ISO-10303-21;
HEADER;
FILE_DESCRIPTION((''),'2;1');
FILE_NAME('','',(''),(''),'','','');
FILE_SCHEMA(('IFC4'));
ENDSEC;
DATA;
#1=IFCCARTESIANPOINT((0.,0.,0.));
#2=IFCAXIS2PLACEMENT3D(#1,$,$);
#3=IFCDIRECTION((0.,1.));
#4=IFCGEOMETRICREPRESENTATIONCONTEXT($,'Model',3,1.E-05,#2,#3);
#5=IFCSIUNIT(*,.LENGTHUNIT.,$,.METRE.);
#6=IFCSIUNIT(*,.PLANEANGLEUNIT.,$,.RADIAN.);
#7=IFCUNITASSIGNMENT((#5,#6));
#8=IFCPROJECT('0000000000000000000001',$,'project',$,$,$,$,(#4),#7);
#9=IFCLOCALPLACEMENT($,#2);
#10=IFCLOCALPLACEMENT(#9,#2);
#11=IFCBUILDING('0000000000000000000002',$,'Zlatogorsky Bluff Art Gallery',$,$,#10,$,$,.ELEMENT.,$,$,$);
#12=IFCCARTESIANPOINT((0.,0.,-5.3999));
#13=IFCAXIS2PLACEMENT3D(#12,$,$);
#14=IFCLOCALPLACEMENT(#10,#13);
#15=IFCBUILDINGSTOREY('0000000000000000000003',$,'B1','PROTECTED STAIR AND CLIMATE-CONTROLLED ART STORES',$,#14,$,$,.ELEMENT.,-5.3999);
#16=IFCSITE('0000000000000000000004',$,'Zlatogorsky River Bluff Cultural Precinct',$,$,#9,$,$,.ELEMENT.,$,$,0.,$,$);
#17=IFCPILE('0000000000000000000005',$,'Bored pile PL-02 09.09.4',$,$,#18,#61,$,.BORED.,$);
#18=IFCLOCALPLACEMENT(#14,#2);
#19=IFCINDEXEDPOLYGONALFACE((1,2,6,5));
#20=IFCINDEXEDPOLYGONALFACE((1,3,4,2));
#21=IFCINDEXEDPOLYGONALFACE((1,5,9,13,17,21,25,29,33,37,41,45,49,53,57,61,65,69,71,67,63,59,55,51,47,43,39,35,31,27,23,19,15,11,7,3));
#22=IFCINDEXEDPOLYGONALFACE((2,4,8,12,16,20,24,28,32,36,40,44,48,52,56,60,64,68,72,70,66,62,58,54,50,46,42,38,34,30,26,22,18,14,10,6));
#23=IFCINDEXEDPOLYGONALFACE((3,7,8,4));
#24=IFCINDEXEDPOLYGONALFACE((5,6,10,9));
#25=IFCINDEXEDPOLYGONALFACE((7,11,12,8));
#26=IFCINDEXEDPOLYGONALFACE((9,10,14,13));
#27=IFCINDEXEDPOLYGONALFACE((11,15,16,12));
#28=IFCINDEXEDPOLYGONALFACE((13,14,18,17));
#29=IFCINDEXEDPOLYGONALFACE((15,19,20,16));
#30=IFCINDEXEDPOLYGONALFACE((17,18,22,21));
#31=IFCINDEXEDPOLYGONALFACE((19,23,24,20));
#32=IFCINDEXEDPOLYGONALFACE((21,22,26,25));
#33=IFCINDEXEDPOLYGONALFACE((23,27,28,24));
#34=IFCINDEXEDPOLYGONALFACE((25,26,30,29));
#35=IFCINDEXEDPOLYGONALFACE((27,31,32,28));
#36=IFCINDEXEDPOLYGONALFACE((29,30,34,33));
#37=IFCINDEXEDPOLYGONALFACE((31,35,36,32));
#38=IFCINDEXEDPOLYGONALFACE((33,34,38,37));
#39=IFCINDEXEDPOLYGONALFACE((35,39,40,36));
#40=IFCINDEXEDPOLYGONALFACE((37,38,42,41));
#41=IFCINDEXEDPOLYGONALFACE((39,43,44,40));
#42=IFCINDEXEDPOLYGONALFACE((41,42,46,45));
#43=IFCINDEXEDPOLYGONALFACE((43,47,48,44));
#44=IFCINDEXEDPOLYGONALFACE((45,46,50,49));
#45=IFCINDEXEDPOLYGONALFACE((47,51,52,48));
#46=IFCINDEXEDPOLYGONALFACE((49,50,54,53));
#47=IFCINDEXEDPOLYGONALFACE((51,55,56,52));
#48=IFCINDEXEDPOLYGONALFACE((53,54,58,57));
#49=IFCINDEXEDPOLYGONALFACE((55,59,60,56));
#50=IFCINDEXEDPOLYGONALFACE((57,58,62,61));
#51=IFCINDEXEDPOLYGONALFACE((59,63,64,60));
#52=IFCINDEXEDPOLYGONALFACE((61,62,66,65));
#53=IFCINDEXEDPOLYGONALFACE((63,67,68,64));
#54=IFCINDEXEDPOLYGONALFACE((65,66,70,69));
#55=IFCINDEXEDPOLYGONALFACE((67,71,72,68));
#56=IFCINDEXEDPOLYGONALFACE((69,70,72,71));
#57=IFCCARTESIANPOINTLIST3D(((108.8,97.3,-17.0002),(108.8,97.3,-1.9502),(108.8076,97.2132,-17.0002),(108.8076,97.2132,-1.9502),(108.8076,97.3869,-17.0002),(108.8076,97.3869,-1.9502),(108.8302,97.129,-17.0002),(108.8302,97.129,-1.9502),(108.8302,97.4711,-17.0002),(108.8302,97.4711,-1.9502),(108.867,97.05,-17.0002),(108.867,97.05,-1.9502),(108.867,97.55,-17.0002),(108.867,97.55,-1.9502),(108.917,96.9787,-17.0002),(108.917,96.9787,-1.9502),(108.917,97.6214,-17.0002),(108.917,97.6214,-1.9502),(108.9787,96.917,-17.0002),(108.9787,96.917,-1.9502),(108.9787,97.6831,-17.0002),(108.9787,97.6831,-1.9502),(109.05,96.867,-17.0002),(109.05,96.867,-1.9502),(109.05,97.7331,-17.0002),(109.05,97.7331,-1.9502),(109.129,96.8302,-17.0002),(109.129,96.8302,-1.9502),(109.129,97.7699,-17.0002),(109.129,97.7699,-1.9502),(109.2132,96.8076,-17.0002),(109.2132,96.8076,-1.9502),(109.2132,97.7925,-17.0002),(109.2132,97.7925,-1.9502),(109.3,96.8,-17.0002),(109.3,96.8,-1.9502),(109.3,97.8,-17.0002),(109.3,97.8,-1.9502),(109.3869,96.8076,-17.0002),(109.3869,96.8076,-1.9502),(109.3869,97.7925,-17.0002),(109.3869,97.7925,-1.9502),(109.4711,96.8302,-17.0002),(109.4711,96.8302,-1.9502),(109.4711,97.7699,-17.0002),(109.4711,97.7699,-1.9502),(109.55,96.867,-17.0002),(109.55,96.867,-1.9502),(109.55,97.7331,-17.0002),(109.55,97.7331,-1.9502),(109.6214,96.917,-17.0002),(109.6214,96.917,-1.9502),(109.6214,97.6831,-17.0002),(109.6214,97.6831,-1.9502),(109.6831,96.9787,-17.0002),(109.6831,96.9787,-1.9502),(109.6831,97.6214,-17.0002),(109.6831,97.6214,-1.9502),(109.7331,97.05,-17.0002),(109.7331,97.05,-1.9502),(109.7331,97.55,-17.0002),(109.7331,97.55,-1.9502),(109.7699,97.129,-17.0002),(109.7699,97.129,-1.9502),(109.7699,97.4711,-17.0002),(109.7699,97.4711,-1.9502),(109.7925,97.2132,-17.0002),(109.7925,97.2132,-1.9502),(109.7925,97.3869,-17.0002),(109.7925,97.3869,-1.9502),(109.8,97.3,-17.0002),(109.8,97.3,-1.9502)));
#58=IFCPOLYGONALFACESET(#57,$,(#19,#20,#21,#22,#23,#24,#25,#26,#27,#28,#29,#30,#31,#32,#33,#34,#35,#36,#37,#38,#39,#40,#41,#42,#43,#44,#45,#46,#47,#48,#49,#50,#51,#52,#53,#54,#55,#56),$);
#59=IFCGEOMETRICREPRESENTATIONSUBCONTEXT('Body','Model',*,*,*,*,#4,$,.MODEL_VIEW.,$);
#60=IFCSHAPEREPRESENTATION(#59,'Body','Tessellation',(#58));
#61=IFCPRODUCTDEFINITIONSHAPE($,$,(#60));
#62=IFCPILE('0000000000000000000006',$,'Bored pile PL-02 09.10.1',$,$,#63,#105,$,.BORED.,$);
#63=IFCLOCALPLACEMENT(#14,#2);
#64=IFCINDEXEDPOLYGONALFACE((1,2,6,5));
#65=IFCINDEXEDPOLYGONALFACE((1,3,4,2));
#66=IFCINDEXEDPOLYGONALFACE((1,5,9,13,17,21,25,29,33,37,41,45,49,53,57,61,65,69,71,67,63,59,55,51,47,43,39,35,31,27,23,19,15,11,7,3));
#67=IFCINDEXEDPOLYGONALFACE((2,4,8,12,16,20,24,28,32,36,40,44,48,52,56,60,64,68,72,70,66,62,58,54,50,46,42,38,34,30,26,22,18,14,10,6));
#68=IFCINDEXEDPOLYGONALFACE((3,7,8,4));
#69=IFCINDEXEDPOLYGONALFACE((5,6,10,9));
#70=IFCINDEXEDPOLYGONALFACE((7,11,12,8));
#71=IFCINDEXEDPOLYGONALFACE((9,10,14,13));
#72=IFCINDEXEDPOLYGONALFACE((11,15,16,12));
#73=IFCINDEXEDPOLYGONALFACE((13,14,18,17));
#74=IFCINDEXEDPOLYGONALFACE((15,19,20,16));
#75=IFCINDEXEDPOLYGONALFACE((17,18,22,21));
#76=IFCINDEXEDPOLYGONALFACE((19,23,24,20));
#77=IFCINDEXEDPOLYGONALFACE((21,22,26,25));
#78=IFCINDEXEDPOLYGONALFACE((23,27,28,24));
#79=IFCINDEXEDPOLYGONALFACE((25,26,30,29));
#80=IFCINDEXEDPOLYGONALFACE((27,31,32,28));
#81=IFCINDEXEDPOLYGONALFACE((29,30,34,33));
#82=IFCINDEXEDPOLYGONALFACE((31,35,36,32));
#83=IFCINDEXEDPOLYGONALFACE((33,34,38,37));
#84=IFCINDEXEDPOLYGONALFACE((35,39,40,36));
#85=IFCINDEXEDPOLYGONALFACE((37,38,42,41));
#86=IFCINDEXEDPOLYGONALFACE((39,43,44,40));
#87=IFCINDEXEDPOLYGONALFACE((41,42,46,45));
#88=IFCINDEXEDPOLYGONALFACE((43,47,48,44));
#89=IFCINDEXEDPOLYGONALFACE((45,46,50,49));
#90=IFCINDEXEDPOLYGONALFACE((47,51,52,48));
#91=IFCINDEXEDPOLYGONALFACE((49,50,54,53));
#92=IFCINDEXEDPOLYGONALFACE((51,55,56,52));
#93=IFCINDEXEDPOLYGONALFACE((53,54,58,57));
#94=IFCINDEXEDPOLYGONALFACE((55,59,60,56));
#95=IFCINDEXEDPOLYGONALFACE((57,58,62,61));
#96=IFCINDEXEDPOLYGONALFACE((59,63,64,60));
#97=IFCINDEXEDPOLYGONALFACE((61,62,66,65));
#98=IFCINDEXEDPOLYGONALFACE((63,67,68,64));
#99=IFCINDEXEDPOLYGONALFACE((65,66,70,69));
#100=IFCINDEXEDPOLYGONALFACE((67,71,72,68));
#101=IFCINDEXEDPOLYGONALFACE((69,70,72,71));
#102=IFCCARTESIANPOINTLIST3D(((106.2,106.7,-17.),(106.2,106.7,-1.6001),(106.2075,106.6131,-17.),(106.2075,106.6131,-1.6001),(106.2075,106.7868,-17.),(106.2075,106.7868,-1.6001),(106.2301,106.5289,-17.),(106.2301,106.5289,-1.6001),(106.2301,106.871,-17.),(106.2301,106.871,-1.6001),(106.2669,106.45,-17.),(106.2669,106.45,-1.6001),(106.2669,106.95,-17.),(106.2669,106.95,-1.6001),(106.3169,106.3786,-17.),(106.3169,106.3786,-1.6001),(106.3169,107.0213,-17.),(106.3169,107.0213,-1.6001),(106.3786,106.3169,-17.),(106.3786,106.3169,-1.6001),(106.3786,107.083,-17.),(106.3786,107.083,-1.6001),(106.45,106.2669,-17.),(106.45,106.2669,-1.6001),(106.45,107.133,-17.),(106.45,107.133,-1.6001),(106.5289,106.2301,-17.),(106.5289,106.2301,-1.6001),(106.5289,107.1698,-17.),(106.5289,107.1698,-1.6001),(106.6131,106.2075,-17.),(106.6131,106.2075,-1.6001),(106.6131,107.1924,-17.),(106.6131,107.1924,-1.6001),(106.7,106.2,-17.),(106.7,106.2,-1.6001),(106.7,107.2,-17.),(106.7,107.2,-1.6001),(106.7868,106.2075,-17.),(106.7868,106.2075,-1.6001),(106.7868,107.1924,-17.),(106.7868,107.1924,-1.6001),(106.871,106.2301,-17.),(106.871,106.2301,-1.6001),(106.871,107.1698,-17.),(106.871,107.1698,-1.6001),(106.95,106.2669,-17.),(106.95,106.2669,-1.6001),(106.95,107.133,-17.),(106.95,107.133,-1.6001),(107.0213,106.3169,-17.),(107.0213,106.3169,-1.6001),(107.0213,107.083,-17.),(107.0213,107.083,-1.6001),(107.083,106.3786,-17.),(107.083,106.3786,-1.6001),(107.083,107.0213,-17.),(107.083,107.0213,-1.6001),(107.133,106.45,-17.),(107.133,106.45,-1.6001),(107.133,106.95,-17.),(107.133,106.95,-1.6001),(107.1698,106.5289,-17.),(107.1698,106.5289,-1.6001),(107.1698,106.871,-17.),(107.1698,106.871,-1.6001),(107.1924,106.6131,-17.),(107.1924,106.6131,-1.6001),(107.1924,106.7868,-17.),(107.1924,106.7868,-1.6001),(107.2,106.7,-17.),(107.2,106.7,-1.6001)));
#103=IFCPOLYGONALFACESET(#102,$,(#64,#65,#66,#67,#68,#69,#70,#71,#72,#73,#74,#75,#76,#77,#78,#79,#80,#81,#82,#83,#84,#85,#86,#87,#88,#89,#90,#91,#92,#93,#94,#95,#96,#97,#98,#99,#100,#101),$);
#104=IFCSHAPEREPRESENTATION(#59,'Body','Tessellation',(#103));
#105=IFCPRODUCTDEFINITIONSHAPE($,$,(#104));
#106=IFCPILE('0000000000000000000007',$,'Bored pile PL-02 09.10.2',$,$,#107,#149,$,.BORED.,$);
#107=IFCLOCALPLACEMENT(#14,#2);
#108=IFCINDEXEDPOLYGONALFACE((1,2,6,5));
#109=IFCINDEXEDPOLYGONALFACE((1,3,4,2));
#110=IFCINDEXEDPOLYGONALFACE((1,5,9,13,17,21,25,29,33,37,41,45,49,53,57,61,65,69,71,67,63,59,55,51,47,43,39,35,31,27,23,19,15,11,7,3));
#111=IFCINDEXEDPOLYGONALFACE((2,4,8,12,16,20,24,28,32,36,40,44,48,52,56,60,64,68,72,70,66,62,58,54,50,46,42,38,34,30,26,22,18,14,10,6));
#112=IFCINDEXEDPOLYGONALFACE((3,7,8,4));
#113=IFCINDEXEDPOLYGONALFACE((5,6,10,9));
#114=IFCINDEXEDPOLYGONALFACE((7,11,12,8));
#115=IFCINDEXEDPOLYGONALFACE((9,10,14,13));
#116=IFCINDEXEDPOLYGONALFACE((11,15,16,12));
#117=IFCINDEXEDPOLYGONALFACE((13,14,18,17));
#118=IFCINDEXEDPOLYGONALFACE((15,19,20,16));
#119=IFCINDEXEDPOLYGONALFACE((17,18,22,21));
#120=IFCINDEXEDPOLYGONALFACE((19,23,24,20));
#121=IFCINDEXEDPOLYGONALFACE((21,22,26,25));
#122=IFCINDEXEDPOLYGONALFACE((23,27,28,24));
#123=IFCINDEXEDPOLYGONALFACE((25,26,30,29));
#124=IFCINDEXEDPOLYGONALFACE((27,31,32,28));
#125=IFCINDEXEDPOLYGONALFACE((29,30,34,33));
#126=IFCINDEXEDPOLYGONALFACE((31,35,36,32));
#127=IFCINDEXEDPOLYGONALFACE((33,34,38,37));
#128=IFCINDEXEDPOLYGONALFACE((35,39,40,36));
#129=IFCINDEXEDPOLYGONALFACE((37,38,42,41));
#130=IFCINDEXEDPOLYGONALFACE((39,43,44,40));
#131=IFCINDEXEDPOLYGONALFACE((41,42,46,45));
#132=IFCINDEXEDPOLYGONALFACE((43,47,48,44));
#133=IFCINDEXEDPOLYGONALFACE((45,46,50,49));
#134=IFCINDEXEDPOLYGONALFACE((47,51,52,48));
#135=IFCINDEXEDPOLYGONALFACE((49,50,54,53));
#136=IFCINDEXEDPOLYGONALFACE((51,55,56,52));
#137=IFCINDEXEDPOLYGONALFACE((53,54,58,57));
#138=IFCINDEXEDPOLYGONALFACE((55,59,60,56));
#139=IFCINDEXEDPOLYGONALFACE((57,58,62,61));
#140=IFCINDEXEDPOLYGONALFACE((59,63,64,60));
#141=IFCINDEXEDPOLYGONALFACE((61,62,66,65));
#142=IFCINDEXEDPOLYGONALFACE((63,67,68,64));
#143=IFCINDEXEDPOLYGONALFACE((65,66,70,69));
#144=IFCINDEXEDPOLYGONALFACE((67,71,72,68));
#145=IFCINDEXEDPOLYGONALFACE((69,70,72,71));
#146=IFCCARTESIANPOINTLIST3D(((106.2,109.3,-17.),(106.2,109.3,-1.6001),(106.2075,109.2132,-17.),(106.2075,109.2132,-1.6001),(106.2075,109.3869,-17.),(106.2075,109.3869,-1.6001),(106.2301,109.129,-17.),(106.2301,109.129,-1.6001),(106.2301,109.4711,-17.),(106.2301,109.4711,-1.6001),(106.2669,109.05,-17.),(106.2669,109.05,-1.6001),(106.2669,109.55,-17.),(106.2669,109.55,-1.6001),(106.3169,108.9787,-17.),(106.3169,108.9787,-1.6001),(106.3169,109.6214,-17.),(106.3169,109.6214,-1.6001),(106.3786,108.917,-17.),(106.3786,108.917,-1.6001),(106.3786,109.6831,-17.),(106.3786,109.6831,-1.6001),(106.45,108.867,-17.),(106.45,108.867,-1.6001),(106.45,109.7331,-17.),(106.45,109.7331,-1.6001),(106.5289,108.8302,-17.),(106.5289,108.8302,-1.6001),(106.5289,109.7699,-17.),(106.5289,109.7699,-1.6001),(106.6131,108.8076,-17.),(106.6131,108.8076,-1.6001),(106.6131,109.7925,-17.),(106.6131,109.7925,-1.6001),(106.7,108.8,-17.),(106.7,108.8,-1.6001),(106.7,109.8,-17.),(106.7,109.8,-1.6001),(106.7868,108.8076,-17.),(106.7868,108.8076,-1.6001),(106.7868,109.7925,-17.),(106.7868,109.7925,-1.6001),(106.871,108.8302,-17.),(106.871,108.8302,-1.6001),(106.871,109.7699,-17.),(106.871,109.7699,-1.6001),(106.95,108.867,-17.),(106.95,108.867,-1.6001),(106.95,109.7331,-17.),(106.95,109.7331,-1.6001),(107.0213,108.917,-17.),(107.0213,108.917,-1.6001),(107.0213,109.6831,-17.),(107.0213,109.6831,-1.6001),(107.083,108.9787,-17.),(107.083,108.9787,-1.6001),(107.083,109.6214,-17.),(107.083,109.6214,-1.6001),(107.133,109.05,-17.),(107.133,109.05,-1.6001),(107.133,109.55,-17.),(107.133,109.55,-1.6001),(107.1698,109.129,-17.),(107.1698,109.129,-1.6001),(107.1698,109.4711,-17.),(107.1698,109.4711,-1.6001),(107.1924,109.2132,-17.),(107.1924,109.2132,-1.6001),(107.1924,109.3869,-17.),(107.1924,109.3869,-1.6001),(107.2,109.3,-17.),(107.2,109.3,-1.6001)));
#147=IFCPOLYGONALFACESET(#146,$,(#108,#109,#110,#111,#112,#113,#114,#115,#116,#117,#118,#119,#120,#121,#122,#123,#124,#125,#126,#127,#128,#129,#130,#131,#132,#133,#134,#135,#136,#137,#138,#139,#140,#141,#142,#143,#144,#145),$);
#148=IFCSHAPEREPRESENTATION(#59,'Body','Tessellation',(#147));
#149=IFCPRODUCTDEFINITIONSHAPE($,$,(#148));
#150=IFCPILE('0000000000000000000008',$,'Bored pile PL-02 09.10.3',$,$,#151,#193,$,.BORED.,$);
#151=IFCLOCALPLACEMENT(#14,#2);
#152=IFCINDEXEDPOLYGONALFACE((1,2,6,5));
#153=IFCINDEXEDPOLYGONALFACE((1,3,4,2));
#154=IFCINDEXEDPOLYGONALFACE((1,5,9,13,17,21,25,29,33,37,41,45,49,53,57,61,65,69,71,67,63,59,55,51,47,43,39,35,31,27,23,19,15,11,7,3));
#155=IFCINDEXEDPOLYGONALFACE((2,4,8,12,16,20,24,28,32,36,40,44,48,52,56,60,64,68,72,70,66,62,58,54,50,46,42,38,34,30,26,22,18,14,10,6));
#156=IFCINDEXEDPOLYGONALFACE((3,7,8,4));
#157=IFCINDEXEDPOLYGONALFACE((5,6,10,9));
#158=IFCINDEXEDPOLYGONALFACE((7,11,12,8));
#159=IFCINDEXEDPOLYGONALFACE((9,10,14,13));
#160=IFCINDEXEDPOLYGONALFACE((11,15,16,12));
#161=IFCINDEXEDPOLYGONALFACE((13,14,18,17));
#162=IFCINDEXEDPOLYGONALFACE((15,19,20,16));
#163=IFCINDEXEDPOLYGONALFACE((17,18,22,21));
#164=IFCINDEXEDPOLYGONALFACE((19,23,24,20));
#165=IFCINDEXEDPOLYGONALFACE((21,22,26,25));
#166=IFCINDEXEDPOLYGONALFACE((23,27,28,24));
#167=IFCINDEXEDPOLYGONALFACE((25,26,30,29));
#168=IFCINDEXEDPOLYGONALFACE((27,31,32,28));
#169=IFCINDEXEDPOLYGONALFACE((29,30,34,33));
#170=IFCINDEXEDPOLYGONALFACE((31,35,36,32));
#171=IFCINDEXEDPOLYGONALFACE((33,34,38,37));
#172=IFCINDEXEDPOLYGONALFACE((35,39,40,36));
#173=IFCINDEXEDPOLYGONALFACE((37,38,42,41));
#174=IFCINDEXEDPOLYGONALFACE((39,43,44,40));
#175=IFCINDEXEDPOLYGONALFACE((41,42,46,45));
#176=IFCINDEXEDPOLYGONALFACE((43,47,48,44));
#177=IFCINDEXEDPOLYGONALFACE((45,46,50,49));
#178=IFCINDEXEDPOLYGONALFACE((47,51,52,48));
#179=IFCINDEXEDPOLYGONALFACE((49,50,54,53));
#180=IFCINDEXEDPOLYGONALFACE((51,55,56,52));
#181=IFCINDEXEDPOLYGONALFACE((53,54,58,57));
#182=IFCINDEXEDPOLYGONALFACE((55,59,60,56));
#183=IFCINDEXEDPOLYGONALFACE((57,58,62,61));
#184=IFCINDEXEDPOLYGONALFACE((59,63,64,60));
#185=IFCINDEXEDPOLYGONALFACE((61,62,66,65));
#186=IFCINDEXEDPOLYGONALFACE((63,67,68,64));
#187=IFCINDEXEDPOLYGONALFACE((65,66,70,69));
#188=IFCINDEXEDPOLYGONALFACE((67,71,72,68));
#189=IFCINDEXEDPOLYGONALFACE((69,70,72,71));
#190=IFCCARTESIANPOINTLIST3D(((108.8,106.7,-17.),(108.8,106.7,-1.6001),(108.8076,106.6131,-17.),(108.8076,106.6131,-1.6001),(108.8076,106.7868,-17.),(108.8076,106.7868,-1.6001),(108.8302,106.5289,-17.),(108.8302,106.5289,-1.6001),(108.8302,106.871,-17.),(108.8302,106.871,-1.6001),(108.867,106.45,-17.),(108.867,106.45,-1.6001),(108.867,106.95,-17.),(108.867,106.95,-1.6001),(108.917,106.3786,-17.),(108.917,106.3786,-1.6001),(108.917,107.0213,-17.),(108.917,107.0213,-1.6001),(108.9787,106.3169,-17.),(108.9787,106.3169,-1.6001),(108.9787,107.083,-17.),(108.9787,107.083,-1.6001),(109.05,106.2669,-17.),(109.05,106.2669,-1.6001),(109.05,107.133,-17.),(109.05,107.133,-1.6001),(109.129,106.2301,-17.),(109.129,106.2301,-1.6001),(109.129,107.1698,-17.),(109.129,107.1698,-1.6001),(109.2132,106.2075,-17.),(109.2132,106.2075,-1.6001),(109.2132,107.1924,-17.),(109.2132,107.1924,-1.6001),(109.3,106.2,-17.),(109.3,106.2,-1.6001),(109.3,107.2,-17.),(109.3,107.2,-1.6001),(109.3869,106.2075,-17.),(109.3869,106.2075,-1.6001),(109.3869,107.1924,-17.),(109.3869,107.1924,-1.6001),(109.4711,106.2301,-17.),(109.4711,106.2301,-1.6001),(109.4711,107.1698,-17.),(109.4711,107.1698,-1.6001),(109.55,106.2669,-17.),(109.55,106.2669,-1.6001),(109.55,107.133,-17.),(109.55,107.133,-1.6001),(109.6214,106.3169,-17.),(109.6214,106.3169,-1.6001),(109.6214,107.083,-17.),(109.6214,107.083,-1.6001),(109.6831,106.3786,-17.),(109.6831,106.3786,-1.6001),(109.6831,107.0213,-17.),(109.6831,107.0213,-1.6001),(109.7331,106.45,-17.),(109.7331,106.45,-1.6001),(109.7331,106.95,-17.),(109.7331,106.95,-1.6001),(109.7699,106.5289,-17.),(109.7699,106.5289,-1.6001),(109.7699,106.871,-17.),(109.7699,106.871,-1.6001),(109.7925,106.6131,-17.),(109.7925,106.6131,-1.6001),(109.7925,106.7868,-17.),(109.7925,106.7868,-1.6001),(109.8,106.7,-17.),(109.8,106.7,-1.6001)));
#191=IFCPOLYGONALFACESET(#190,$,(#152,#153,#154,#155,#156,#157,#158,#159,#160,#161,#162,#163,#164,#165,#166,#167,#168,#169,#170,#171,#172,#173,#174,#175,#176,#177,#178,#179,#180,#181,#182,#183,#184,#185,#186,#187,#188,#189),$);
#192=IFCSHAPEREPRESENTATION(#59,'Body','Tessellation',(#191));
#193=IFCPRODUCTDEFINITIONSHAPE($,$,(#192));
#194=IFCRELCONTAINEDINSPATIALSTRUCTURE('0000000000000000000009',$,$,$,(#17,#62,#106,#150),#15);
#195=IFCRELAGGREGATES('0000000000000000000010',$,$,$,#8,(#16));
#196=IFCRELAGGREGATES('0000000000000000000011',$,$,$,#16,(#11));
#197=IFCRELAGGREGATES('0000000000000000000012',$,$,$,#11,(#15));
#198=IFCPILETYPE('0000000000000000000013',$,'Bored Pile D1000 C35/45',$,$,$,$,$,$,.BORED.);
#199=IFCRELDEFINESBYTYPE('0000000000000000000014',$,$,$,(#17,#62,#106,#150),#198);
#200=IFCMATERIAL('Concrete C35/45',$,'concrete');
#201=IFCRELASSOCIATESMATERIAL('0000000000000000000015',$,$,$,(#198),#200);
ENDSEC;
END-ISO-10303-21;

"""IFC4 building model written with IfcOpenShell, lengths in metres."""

from ifc_helpers import new_model, si_unit, direction, frame, origin, origin_2d, place, context, subcontext, project, spatial, circle, extrude, material, material_profile, profile_set, type_object, element, save


model = new_model("IFC4")

# Units and contexts
model_context = context("Model", 3, precision=1e-05, world=origin(), true_north=direction((0.0, 1.0)))
body_context = subcontext(model_context, "Body", "Model", "MODEL_VIEW")
ifc_project = project(units=[si_unit("LENGTHUNIT", "METRE"), si_unit("PLANEANGLEUNIT", "RADIAN")], contexts=[model_context])

# Site, building, storey
site_placement = place(None, origin())
site = spatial("IfcSite", under=ifc_project, at=site_placement, Name="Zlatogorsky River Bluff Cultural Precinct", CompositionType="ELEMENT", RefElevation=0.0)
building_placement = place(site_placement, origin())
building = spatial("IfcBuilding", under=site, at=building_placement, Name="Zlatogorsky Bluff Art Gallery", CompositionType="ELEMENT")
storey_placement = place(building_placement, frame((0.0, 0.0, -5.3999)))
storey = spatial("IfcBuildingStorey", under=building, at=storey_placement, Name="B1", Description="PROTECTED STAIR AND CLIMATE-CONTROLLED ART STORES", CompositionType="ELEMENT", Elevation=-5.3999)

# Piles
ifc_material_1 = material(Name="Concrete C35/45", Category="concrete")
ifc_material_profile_1 = material_profile(ifc_material_1, circle(Radius=0.5, at=origin_2d()), Name="BORED PILE D1000")
ifc_profile_set_1 = profile_set([ifc_material_profile_1], Name="Concrete C35/45")
pile_type = type_object("IfcPileType", Name="Bored Pile D1000 C35/45", PredefinedType="BORED", material=ifc_profile_set_1)
pile_1_placement = place(storey_placement, frame((109.3, 97.3, -1.9502), z_axis=(0.0, 0.0, -1.0), x_axis=(1.0, 0.0, 0.0)))
element("IfcPile", 1, at=pile_1_placement, inside=storey, type_object=pile_type, Name="Bored pile PL-02 09.09.4", PredefinedType="BORED", context=body_context, shape_type="SweptSolid", body=[
    extrude(circle(Radius=0.5, at=origin_2d()), origin(), (0.0, 0.0, 1.0), 15.05),
])
for number, where, z_axis, x_axis, name in (
    (2, (106.7, 106.7, -1.6001), (0.0, 0.0, -1.0), (1.0, 0.0, 0.0), "Bored pile PL-02 09.10.1"),
    (3, (106.7, 109.3, -1.6001), (0.0, 0.0, -1.0), (1.0, 0.0, 0.0), "Bored pile PL-02 09.10.2"),
    (4, (109.3, 106.7, -1.6001), (0.0, 0.0, -1.0), (1.0, 0.0, 0.0), "Bored pile PL-02 09.10.3"),
):
    element("IfcPile", number, at=place(storey_placement, frame(where, z_axis=z_axis, x_axis=x_axis)), inside=storey, type_object=pile_type, Name=name, PredefinedType="BORED", context=body_context, shape_type="SweptSolid", body=[
        extrude(circle(Radius=0.5, at=origin_2d()), origin(), (0.0, 0.0, 1.0), 15.3999),
    ])

save(model, "model.ifc")
